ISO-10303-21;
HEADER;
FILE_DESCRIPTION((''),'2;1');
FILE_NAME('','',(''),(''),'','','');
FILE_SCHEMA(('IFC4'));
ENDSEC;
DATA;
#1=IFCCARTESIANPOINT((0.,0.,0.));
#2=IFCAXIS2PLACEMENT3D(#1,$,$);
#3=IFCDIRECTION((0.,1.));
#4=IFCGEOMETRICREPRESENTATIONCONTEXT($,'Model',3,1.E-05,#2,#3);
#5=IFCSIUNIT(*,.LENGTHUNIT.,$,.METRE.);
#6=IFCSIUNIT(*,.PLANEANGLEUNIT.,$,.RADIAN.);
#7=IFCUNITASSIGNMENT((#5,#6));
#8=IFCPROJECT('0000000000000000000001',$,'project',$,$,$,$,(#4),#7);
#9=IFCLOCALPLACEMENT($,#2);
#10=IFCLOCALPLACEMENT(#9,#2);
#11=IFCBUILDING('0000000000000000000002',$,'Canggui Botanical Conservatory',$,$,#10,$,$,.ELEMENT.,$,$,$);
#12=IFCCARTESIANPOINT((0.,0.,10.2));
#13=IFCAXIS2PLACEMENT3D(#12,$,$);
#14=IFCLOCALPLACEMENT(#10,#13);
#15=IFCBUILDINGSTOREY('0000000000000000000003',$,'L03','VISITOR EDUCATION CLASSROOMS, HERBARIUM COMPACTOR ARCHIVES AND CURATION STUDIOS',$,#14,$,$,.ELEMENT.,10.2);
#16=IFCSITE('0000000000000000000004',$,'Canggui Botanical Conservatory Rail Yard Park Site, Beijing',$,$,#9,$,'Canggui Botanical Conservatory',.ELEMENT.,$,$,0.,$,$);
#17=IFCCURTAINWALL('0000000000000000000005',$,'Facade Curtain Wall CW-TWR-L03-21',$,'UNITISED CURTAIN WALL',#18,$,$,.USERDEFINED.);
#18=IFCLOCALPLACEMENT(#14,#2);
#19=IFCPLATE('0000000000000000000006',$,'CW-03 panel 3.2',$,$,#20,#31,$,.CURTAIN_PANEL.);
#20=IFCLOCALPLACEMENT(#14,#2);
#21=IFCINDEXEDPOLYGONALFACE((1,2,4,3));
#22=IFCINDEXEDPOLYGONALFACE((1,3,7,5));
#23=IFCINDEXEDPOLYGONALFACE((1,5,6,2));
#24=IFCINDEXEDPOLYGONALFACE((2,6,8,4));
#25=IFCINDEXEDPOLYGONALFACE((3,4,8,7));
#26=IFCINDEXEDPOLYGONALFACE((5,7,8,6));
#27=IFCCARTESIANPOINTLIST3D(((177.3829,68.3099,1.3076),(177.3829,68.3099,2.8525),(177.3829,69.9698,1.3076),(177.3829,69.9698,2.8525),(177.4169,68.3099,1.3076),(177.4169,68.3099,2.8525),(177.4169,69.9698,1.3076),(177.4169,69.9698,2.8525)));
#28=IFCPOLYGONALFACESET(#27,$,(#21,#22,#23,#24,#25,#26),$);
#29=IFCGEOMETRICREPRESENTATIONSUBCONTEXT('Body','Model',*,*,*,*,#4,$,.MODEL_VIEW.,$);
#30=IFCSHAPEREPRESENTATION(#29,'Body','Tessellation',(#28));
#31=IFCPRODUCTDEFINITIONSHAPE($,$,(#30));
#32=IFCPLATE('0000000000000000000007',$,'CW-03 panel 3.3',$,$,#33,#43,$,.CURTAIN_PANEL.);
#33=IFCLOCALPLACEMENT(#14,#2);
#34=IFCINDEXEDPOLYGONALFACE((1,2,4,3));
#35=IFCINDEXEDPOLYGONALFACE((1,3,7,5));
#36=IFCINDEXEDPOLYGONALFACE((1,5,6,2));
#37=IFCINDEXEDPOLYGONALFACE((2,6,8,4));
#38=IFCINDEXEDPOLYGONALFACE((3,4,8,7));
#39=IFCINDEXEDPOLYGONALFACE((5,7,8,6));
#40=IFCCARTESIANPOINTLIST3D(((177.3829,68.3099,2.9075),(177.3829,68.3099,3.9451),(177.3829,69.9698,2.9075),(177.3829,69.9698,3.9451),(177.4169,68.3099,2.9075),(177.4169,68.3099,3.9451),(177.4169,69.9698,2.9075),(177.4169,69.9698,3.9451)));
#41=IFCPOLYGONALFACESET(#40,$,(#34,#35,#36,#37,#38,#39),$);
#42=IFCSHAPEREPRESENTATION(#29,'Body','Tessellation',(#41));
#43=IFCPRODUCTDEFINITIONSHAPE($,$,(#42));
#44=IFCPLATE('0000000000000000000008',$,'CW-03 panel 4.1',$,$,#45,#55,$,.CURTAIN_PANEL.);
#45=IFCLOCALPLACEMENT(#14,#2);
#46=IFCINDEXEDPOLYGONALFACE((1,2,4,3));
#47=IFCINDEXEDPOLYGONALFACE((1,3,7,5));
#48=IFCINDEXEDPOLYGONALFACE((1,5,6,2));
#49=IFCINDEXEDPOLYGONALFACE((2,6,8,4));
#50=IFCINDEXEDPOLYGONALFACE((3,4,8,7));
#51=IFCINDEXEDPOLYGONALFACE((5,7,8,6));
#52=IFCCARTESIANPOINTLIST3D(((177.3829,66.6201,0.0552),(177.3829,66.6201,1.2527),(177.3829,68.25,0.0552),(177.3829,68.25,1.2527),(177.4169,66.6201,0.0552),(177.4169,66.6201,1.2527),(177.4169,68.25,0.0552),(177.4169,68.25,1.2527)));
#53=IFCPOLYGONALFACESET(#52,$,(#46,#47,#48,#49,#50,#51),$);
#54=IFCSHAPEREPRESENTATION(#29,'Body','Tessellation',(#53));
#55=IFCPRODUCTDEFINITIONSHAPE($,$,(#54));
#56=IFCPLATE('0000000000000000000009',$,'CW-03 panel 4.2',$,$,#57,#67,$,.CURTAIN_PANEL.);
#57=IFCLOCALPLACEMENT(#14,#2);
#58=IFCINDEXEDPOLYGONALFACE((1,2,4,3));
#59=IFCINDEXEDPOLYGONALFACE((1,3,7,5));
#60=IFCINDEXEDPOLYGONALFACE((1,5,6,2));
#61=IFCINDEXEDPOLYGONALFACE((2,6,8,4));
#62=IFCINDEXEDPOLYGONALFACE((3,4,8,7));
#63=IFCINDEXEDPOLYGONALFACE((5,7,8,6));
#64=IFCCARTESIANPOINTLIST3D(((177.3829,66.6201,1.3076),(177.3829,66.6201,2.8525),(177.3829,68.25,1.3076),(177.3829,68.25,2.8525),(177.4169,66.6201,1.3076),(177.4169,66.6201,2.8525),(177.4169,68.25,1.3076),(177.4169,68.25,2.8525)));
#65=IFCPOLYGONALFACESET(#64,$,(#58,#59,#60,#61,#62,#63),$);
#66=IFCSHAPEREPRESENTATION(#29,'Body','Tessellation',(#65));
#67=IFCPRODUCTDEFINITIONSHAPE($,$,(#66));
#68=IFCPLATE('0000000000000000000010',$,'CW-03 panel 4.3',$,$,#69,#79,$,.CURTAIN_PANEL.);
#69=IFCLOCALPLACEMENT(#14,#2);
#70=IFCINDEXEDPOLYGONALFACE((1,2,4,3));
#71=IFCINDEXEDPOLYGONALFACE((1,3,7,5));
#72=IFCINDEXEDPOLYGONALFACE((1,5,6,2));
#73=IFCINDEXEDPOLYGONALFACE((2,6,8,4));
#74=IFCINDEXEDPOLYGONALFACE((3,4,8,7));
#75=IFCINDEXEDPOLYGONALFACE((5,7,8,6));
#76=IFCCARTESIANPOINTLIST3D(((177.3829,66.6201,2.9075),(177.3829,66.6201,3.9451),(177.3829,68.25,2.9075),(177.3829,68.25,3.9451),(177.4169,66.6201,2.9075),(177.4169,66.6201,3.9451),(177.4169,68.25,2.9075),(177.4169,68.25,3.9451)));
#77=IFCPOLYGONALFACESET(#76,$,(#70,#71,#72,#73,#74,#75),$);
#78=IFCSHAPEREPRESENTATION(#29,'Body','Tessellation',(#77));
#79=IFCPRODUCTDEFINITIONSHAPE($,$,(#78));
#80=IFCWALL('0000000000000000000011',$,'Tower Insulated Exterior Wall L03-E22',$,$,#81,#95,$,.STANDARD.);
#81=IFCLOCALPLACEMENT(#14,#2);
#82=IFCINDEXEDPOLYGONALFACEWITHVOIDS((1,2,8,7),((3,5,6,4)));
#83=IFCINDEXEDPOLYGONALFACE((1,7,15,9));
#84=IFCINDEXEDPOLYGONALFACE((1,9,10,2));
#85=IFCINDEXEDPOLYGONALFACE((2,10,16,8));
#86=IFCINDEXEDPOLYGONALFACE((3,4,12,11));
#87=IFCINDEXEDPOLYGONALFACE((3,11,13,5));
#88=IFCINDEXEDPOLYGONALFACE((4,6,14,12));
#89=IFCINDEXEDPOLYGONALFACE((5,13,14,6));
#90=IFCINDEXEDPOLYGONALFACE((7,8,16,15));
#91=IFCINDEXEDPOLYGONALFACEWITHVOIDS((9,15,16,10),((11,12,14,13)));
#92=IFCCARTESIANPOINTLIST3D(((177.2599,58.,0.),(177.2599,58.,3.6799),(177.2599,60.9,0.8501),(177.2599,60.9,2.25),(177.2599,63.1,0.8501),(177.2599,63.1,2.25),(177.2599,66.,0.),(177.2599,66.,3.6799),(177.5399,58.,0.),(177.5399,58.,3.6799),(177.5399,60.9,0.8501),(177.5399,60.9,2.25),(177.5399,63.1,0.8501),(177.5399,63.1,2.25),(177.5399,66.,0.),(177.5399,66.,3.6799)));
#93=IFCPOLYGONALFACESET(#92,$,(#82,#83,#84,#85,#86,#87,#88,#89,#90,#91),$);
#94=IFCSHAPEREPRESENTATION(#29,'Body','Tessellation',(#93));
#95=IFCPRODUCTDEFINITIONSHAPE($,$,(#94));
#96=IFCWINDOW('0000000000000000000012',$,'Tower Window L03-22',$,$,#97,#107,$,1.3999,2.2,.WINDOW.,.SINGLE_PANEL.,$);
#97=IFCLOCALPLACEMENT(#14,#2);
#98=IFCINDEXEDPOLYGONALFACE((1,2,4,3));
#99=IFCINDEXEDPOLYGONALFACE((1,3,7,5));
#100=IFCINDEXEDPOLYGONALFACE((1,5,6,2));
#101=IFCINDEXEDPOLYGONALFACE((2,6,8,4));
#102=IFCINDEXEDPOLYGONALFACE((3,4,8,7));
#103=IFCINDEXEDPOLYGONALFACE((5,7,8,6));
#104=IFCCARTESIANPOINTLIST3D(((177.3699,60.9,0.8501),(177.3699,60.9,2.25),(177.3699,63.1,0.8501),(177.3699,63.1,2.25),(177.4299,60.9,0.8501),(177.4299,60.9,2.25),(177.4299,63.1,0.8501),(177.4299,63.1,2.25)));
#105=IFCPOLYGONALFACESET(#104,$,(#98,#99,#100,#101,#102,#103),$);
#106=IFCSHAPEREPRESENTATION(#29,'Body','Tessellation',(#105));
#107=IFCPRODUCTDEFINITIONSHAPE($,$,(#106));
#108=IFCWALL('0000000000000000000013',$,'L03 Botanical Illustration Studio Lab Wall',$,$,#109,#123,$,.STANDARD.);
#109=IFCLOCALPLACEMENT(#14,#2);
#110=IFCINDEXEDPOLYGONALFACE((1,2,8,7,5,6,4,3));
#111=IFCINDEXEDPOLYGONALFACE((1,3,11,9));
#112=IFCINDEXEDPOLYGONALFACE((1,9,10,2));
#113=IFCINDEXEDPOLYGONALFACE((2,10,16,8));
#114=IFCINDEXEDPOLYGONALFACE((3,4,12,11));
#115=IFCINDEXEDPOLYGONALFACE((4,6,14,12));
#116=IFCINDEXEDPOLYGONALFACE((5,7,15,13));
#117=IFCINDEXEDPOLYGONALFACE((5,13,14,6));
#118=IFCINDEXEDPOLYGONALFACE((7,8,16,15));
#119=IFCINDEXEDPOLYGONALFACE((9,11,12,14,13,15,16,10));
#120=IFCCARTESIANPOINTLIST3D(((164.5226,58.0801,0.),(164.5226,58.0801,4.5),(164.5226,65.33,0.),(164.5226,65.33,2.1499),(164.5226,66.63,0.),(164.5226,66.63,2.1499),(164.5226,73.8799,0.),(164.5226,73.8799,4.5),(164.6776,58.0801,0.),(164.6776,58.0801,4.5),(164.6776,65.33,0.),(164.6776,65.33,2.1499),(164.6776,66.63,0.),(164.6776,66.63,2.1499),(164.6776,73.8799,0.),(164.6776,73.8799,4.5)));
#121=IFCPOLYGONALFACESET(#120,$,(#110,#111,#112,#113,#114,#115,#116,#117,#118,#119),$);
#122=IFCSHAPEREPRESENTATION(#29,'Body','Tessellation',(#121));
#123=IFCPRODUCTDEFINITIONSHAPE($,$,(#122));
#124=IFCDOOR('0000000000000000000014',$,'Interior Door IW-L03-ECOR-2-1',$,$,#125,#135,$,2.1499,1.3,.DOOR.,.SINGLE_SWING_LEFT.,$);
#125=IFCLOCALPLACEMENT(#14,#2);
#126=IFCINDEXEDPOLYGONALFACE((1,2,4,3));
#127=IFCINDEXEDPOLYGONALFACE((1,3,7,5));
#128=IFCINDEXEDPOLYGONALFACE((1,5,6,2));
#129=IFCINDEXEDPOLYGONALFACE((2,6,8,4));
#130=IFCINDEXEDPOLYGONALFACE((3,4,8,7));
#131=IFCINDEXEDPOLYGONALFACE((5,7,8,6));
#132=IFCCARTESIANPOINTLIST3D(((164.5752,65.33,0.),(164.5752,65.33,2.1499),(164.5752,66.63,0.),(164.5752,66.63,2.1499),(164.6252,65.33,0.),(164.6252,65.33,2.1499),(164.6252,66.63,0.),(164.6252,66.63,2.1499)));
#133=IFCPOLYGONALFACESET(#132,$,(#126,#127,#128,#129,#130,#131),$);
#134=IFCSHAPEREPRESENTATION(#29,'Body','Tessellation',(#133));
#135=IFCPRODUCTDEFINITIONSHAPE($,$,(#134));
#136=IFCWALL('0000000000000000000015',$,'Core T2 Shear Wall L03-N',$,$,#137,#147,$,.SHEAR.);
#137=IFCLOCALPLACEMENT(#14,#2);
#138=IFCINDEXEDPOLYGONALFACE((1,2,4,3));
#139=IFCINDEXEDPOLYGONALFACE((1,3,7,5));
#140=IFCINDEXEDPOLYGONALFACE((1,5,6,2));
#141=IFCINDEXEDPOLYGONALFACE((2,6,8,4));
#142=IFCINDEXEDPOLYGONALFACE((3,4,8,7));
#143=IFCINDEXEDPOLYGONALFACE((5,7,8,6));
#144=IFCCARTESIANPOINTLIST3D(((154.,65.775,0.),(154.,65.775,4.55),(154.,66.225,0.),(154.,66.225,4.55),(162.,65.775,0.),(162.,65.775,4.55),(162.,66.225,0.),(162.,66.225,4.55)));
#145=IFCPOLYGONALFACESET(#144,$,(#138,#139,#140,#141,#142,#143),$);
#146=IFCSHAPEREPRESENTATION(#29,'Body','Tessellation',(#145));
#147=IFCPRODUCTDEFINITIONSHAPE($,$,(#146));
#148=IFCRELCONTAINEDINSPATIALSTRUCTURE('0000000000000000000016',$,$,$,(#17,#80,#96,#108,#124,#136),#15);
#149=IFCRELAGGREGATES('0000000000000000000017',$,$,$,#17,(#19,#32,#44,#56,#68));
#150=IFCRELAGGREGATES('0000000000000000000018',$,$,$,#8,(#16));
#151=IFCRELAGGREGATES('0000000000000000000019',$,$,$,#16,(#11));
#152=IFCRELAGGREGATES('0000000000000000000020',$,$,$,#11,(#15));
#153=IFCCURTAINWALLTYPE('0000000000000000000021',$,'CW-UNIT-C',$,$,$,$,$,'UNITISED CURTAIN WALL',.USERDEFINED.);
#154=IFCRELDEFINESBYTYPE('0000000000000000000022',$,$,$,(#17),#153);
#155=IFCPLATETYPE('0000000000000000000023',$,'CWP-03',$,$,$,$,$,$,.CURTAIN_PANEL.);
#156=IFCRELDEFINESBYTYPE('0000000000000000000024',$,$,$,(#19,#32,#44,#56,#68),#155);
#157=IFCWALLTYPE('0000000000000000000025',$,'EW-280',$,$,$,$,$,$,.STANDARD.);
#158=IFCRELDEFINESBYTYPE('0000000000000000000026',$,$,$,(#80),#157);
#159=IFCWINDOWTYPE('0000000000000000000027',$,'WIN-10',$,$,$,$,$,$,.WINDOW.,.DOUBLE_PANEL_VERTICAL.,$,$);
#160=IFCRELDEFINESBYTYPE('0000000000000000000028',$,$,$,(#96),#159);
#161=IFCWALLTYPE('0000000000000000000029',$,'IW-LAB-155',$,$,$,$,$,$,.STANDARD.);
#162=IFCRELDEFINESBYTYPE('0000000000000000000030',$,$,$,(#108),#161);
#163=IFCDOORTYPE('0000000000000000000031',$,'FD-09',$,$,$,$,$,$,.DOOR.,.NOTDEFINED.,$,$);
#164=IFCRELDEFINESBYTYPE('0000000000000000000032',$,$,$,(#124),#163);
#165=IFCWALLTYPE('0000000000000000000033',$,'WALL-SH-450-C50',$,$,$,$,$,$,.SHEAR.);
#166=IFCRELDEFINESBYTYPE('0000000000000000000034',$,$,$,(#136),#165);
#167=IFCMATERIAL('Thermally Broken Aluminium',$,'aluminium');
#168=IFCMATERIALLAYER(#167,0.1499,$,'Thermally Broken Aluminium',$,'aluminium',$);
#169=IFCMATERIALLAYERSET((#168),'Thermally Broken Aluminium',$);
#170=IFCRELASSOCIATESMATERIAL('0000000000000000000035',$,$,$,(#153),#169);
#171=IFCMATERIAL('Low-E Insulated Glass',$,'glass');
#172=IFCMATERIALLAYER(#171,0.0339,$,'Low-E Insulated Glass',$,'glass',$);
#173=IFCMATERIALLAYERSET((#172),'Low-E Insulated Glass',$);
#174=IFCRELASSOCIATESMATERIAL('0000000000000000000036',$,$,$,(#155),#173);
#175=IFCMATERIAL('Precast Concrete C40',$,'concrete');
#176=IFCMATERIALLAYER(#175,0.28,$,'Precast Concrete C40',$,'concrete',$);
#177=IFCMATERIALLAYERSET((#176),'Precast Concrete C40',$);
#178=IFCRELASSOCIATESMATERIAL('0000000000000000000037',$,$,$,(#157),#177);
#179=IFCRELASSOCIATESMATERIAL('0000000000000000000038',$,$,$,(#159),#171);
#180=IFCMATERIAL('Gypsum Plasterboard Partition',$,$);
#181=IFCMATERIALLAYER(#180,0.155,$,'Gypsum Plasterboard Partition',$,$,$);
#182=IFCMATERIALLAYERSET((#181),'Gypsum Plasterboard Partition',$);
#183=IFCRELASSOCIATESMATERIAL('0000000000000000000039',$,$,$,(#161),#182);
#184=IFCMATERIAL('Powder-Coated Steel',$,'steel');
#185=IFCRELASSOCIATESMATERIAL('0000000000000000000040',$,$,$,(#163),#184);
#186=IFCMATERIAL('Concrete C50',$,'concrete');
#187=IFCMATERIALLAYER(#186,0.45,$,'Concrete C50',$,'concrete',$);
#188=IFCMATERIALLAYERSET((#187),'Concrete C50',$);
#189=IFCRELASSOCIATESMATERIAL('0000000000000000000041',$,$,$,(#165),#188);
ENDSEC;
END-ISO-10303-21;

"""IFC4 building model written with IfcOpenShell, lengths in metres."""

from ifc_helpers import new_model, si_unit, direction, frame, frame_2d, origin, origin_2d, place, context, subcontext, project, spatial, rectangle, extrude, material, layer, layer_set, type_object, element, fill, aggregate, save


model = new_model("IFC4")

# Units and contexts
model_context = context("Model", 3, precision=1e-05, world=origin(), true_north=direction((0.0, 1.0)))
body_context = subcontext(model_context, "Body", "Model", "MODEL_VIEW")
ifc_project = project(units=[si_unit("LENGTHUNIT", "METRE"), si_unit("PLANEANGLEUNIT", "RADIAN")], contexts=[model_context])

# Site, building, storey
site_placement = place(None, origin())
site = spatial("IfcSite", under=ifc_project, at=site_placement, Name="Canggui Botanical Conservatory Rail Yard Park Site, Beijing", LongName="Canggui Botanical Conservatory", CompositionType="ELEMENT", RefElevation=0.0)
building_placement = place(site_placement, origin())
building = spatial("IfcBuilding", under=site, at=building_placement, Name="Canggui Botanical Conservatory", CompositionType="ELEMENT")
storey_placement = place(building_placement, frame((0.0, 0.0, 10.2)))
storey = spatial("IfcBuildingStorey", under=building, at=storey_placement, Name="L03", Description="VISITOR EDUCATION CLASSROOMS, HERBARIUM COMPACTOR ARCHIVES AND CURATION STUDIOS", CompositionType="ELEMENT", Elevation=10.2)

# Shared definitions
ifc_material_1 = material(Name="Concrete C50", Category="concrete")

# Curtain wall, plates
ifc_material_2 = material(Name="Thermally Broken Aluminium", Category="aluminium")
ifc_layer_1 = layer(ifc_material_2, 0.1499, Name="Thermally Broken Aluminium", Category="aluminium")
ifc_layer_set_1 = layer_set([ifc_layer_1], Name="Thermally Broken Aluminium")
curtain_wall_type = type_object("IfcCurtainWallType", Name="CW-UNIT-C", ElementType="UNITISED CURTAIN WALL", PredefinedType="USERDEFINED", material=ifc_layer_set_1)
curtain_wall_placement = place(storey_placement, origin())
curtain_wall = element("IfcCurtainWall", 1, at=curtain_wall_placement, inside=storey, type_object=curtain_wall_type, Name="Facade Curtain Wall CW-TWR-L03-21", ObjectType="UNITISED CURTAIN WALL", PredefinedType="USERDEFINED")
ifc_material_3 = material(Name="Low-E Insulated Glass", Category="glass")
ifc_layer_2 = layer(ifc_material_3, 0.0339, Name="Low-E Insulated Glass", Category="glass")
ifc_layer_set_2 = layer_set([ifc_layer_2], Name="Low-E Insulated Glass")
plate_type = type_object("IfcPlateType", Name="CWP-03", PredefinedType="CURTAIN_PANEL", material=ifc_layer_set_2)
plate_1_placement = place(storey_placement, frame((177.3999, 69.1399, 1.3076), z_axis=(0.0, 0.0, 1.0), x_axis=(0.0, -1.0, 0.0)))
plate_1 = element("IfcPlate", 2, at=plate_1_placement, type_object=plate_type, Name="CW-03 panel 3.2", PredefinedType="CURTAIN_PANEL", context=body_context, shape_type="SweptSolid", body=[
    extrude(rectangle(XDim=1.6599, YDim=0.0339, at=origin_2d()), origin(), (0.0, 0.0, 1.0), 1.5449),
])
plate_2_placement = place(storey_placement, frame((177.3999, 69.1399, 2.9075), z_axis=(0.0, 0.0, 1.0), x_axis=(0.0, -1.0, 0.0)))
plate_2 = element("IfcPlate", 3, at=plate_2_placement, type_object=plate_type, Name="CW-03 panel 3.3", PredefinedType="CURTAIN_PANEL", context=body_context, shape_type="SweptSolid", body=[
    extrude(rectangle(XDim=1.6599, YDim=0.0339, at=origin_2d()), origin(), (0.0, 0.0, 1.0), 1.0376),
])
plate_3_placement = place(storey_placement, frame((177.3999, 67.4351, 0.0552), z_axis=(0.0, 0.0, 1.0), x_axis=(0.0, -1.0, 0.0)))
plate_3 = element("IfcPlate", 4, at=plate_3_placement, type_object=plate_type, Name="CW-03 panel 4.1", PredefinedType="CURTAIN_PANEL", context=body_context, shape_type="SweptSolid", body=[
    extrude(rectangle(XDim=1.6299, YDim=0.0339, at=origin_2d()), origin(), (0.0, 0.0, 1.0), 1.1975),
])
plate_4_placement = place(storey_placement, frame((177.3999, 67.4351, 1.3076), z_axis=(0.0, 0.0, 1.0), x_axis=(0.0, -1.0, 0.0)))
plate_4 = element("IfcPlate", 5, at=plate_4_placement, type_object=plate_type, Name="CW-03 panel 4.2", PredefinedType="CURTAIN_PANEL", context=body_context, shape_type="SweptSolid", body=[
    extrude(rectangle(XDim=1.6299, YDim=0.0339, at=origin_2d()), origin(), (0.0, 0.0, 1.0), 1.5449),
])
plate_5_placement = place(storey_placement, frame((177.3999, 67.4351, 2.9075), z_axis=(0.0, 0.0, 1.0), x_axis=(0.0, -1.0, 0.0)))
plate_5 = element("IfcPlate", 6, at=plate_5_placement, type_object=plate_type, Name="CW-03 panel 4.3", PredefinedType="CURTAIN_PANEL", context=body_context, shape_type="SweptSolid", body=[
    extrude(rectangle(XDim=1.6299, YDim=0.0339, at=origin_2d()), origin(), (0.0, 0.0, 1.0), 1.0376),
])
aggregate(curtain_wall, [plate_1, plate_2, plate_3, plate_4, plate_5])

# Wall, opening, window
ifc_material_4 = material(Name="Precast Concrete C40", Category="concrete")
ifc_layer_3 = layer(ifc_material_4, 0.28, Name="Precast Concrete C40", Category="concrete")
ifc_layer_set_3 = layer_set([ifc_layer_3], Name="Precast Concrete C40")
wall_type_1 = type_object("IfcWallType", Name="EW-280", PredefinedType="STANDARD", material=ifc_layer_set_3)
wall_1_placement = place(storey_placement, frame((177.3999, 66.0, 0.0), z_axis=(0.0, 0.0, 1.0), x_axis=(0.0, -1.0, 0.0)))
wall_1 = element("IfcWall", 7, at=wall_1_placement, inside=storey, type_object=wall_type_1, Name="Tower Insulated Exterior Wall L03-E22", PredefinedType="STANDARD", context=body_context, shape_type="SweptSolid", body=[
    extrude(rectangle(XDim=8.0, YDim=0.28, at=frame_2d((4.0, 0.0))), origin(), (0.0, 0.0, 1.0), 3.6799),
])
opening_1_placement = place(wall_1_placement, frame((2.8999, 0.0, 0.8501)))
opening_1 = element("IfcOpeningElement", 8, at=opening_1_placement, cuts=wall_1, PredefinedType="OPENING", context=body_context, shape_type="SweptSolid", body=[
    extrude(rectangle(XDim=2.2, YDim=1.3999, at=frame_2d((1.1001, 0.7))), frame((0.0, 0.1499, 0.0), z_axis=(0.0, -1.0, 0.0), x_axis=(1.0, 0.0, 0.0)), (0.0, 0.0, 1.0), 0.3),
])
window_type = type_object("IfcWindowType", Name="WIN-10", PartitioningType="DOUBLE_PANEL_VERTICAL", PredefinedType="WINDOW", material=ifc_material_3)
window_placement = place(opening_1_placement, origin())
window = element("IfcWindow", 9, at=window_placement, inside=storey, type_object=window_type, Name="Tower Window L03-22", OverallHeight=1.3999, OverallWidth=2.2, PartitioningType="SINGLE_PANEL", PredefinedType="WINDOW", context=body_context, shape_type="SweptSolid", body=[
    extrude(rectangle(XDim=2.2, YDim=1.3999, at=frame_2d((1.1001, 0.7))), frame((0.0, 0.03, 0.0), z_axis=(0.0, -1.0, 0.0), x_axis=(1.0, 0.0, 0.0)), (0.0, 0.0, 1.0), 0.0601),
])
fill(opening_1, window)

# Wall, opening, door
ifc_material_5 = material(Name="Gypsum Plasterboard Partition")
ifc_layer_4 = layer(ifc_material_5, 0.155, Name="Gypsum Plasterboard Partition")
ifc_layer_set_4 = layer_set([ifc_layer_4], Name="Gypsum Plasterboard Partition")
wall_type_2 = type_object("IfcWallType", Name="IW-LAB-155", PredefinedType="STANDARD", material=ifc_layer_set_4)
wall_2_placement = place(storey_placement, frame((164.6001, 58.0801, 0.0), z_axis=(0.0, 0.0, 1.0), x_axis=(0.0, 1.0, 0.0)))
wall_2 = element("IfcWall", 10, at=wall_2_placement, inside=storey, type_object=wall_type_2, Name="L03 Botanical Illustration Studio Lab Wall", PredefinedType="STANDARD", context=body_context, shape_type="SweptSolid", body=[
    extrude(rectangle(XDim=15.7998, YDim=0.155, at=frame_2d((7.8999, 0.0))), origin(), (0.0, 0.0, 1.0), 4.5),
])
opening_2_placement = place(wall_2_placement, frame((7.25, 0.0, 0.0)))
opening_2 = element("IfcOpeningElement", 11, at=opening_2_placement, cuts=wall_2, PredefinedType="OPENING", context=body_context, shape_type="SweptSolid", body=[
    extrude(rectangle(XDim=1.3, YDim=2.1499, at=frame_2d((0.6499, 1.075))), frame((0.0, 0.0874, 0.0), z_axis=(0.0, -1.0, 0.0), x_axis=(1.0, 0.0, 0.0)), (0.0, 0.0, 1.0), 0.175),
])
ifc_material_6 = material(Name="Powder-Coated Steel", Category="steel")
door_type = type_object("IfcDoorType", Name="FD-09", OperationType="NOTDEFINED", PredefinedType="DOOR", material=ifc_material_6)
door_placement = place(opening_2_placement, origin())
door = element("IfcDoor", 12, at=door_placement, inside=storey, type_object=door_type, Name="Interior Door IW-L03-ECOR-2-1", OperationType="SINGLE_SWING_LEFT", OverallHeight=2.1499, OverallWidth=1.3, PredefinedType="DOOR", context=body_context, shape_type="SweptSolid", body=[
    extrude(rectangle(XDim=1.3, YDim=2.1499, at=frame_2d((0.6499, 1.075))), frame((0.0, 0.0249, 0.0), z_axis=(0.0, -1.0, 0.0), x_axis=(1.0, 0.0, 0.0)), (0.0, 0.0, 1.0), 0.05),
])
fill(opening_2, door)

# Wall
ifc_layer_5 = layer(ifc_material_1, 0.45, Name="Concrete C50", Category="concrete")
ifc_layer_set_5 = layer_set([ifc_layer_5], Name="Concrete C50")
wall_type_3 = type_object("IfcWallType", Name="WALL-SH-450-C50", PredefinedType="SHEAR", material=ifc_layer_set_5)
wall_3_placement = place(storey_placement, frame((162.0, 66.0, 0.0), z_axis=(0.0, 0.0, 1.0), x_axis=(-1.0, 0.0, 0.0)))
element("IfcWall", 13, at=wall_3_placement, inside=storey, type_object=wall_type_3, Name="Core T2 Shear Wall L03-N", PredefinedType="SHEAR", context=body_context, shape_type="SweptSolid", body=[
    extrude(rectangle(XDim=8.0, YDim=0.45, at=frame_2d((4.0, 0.0))), origin(), (0.0, 0.0, 1.0), 4.55),
])

save(model, "model.ifc")
